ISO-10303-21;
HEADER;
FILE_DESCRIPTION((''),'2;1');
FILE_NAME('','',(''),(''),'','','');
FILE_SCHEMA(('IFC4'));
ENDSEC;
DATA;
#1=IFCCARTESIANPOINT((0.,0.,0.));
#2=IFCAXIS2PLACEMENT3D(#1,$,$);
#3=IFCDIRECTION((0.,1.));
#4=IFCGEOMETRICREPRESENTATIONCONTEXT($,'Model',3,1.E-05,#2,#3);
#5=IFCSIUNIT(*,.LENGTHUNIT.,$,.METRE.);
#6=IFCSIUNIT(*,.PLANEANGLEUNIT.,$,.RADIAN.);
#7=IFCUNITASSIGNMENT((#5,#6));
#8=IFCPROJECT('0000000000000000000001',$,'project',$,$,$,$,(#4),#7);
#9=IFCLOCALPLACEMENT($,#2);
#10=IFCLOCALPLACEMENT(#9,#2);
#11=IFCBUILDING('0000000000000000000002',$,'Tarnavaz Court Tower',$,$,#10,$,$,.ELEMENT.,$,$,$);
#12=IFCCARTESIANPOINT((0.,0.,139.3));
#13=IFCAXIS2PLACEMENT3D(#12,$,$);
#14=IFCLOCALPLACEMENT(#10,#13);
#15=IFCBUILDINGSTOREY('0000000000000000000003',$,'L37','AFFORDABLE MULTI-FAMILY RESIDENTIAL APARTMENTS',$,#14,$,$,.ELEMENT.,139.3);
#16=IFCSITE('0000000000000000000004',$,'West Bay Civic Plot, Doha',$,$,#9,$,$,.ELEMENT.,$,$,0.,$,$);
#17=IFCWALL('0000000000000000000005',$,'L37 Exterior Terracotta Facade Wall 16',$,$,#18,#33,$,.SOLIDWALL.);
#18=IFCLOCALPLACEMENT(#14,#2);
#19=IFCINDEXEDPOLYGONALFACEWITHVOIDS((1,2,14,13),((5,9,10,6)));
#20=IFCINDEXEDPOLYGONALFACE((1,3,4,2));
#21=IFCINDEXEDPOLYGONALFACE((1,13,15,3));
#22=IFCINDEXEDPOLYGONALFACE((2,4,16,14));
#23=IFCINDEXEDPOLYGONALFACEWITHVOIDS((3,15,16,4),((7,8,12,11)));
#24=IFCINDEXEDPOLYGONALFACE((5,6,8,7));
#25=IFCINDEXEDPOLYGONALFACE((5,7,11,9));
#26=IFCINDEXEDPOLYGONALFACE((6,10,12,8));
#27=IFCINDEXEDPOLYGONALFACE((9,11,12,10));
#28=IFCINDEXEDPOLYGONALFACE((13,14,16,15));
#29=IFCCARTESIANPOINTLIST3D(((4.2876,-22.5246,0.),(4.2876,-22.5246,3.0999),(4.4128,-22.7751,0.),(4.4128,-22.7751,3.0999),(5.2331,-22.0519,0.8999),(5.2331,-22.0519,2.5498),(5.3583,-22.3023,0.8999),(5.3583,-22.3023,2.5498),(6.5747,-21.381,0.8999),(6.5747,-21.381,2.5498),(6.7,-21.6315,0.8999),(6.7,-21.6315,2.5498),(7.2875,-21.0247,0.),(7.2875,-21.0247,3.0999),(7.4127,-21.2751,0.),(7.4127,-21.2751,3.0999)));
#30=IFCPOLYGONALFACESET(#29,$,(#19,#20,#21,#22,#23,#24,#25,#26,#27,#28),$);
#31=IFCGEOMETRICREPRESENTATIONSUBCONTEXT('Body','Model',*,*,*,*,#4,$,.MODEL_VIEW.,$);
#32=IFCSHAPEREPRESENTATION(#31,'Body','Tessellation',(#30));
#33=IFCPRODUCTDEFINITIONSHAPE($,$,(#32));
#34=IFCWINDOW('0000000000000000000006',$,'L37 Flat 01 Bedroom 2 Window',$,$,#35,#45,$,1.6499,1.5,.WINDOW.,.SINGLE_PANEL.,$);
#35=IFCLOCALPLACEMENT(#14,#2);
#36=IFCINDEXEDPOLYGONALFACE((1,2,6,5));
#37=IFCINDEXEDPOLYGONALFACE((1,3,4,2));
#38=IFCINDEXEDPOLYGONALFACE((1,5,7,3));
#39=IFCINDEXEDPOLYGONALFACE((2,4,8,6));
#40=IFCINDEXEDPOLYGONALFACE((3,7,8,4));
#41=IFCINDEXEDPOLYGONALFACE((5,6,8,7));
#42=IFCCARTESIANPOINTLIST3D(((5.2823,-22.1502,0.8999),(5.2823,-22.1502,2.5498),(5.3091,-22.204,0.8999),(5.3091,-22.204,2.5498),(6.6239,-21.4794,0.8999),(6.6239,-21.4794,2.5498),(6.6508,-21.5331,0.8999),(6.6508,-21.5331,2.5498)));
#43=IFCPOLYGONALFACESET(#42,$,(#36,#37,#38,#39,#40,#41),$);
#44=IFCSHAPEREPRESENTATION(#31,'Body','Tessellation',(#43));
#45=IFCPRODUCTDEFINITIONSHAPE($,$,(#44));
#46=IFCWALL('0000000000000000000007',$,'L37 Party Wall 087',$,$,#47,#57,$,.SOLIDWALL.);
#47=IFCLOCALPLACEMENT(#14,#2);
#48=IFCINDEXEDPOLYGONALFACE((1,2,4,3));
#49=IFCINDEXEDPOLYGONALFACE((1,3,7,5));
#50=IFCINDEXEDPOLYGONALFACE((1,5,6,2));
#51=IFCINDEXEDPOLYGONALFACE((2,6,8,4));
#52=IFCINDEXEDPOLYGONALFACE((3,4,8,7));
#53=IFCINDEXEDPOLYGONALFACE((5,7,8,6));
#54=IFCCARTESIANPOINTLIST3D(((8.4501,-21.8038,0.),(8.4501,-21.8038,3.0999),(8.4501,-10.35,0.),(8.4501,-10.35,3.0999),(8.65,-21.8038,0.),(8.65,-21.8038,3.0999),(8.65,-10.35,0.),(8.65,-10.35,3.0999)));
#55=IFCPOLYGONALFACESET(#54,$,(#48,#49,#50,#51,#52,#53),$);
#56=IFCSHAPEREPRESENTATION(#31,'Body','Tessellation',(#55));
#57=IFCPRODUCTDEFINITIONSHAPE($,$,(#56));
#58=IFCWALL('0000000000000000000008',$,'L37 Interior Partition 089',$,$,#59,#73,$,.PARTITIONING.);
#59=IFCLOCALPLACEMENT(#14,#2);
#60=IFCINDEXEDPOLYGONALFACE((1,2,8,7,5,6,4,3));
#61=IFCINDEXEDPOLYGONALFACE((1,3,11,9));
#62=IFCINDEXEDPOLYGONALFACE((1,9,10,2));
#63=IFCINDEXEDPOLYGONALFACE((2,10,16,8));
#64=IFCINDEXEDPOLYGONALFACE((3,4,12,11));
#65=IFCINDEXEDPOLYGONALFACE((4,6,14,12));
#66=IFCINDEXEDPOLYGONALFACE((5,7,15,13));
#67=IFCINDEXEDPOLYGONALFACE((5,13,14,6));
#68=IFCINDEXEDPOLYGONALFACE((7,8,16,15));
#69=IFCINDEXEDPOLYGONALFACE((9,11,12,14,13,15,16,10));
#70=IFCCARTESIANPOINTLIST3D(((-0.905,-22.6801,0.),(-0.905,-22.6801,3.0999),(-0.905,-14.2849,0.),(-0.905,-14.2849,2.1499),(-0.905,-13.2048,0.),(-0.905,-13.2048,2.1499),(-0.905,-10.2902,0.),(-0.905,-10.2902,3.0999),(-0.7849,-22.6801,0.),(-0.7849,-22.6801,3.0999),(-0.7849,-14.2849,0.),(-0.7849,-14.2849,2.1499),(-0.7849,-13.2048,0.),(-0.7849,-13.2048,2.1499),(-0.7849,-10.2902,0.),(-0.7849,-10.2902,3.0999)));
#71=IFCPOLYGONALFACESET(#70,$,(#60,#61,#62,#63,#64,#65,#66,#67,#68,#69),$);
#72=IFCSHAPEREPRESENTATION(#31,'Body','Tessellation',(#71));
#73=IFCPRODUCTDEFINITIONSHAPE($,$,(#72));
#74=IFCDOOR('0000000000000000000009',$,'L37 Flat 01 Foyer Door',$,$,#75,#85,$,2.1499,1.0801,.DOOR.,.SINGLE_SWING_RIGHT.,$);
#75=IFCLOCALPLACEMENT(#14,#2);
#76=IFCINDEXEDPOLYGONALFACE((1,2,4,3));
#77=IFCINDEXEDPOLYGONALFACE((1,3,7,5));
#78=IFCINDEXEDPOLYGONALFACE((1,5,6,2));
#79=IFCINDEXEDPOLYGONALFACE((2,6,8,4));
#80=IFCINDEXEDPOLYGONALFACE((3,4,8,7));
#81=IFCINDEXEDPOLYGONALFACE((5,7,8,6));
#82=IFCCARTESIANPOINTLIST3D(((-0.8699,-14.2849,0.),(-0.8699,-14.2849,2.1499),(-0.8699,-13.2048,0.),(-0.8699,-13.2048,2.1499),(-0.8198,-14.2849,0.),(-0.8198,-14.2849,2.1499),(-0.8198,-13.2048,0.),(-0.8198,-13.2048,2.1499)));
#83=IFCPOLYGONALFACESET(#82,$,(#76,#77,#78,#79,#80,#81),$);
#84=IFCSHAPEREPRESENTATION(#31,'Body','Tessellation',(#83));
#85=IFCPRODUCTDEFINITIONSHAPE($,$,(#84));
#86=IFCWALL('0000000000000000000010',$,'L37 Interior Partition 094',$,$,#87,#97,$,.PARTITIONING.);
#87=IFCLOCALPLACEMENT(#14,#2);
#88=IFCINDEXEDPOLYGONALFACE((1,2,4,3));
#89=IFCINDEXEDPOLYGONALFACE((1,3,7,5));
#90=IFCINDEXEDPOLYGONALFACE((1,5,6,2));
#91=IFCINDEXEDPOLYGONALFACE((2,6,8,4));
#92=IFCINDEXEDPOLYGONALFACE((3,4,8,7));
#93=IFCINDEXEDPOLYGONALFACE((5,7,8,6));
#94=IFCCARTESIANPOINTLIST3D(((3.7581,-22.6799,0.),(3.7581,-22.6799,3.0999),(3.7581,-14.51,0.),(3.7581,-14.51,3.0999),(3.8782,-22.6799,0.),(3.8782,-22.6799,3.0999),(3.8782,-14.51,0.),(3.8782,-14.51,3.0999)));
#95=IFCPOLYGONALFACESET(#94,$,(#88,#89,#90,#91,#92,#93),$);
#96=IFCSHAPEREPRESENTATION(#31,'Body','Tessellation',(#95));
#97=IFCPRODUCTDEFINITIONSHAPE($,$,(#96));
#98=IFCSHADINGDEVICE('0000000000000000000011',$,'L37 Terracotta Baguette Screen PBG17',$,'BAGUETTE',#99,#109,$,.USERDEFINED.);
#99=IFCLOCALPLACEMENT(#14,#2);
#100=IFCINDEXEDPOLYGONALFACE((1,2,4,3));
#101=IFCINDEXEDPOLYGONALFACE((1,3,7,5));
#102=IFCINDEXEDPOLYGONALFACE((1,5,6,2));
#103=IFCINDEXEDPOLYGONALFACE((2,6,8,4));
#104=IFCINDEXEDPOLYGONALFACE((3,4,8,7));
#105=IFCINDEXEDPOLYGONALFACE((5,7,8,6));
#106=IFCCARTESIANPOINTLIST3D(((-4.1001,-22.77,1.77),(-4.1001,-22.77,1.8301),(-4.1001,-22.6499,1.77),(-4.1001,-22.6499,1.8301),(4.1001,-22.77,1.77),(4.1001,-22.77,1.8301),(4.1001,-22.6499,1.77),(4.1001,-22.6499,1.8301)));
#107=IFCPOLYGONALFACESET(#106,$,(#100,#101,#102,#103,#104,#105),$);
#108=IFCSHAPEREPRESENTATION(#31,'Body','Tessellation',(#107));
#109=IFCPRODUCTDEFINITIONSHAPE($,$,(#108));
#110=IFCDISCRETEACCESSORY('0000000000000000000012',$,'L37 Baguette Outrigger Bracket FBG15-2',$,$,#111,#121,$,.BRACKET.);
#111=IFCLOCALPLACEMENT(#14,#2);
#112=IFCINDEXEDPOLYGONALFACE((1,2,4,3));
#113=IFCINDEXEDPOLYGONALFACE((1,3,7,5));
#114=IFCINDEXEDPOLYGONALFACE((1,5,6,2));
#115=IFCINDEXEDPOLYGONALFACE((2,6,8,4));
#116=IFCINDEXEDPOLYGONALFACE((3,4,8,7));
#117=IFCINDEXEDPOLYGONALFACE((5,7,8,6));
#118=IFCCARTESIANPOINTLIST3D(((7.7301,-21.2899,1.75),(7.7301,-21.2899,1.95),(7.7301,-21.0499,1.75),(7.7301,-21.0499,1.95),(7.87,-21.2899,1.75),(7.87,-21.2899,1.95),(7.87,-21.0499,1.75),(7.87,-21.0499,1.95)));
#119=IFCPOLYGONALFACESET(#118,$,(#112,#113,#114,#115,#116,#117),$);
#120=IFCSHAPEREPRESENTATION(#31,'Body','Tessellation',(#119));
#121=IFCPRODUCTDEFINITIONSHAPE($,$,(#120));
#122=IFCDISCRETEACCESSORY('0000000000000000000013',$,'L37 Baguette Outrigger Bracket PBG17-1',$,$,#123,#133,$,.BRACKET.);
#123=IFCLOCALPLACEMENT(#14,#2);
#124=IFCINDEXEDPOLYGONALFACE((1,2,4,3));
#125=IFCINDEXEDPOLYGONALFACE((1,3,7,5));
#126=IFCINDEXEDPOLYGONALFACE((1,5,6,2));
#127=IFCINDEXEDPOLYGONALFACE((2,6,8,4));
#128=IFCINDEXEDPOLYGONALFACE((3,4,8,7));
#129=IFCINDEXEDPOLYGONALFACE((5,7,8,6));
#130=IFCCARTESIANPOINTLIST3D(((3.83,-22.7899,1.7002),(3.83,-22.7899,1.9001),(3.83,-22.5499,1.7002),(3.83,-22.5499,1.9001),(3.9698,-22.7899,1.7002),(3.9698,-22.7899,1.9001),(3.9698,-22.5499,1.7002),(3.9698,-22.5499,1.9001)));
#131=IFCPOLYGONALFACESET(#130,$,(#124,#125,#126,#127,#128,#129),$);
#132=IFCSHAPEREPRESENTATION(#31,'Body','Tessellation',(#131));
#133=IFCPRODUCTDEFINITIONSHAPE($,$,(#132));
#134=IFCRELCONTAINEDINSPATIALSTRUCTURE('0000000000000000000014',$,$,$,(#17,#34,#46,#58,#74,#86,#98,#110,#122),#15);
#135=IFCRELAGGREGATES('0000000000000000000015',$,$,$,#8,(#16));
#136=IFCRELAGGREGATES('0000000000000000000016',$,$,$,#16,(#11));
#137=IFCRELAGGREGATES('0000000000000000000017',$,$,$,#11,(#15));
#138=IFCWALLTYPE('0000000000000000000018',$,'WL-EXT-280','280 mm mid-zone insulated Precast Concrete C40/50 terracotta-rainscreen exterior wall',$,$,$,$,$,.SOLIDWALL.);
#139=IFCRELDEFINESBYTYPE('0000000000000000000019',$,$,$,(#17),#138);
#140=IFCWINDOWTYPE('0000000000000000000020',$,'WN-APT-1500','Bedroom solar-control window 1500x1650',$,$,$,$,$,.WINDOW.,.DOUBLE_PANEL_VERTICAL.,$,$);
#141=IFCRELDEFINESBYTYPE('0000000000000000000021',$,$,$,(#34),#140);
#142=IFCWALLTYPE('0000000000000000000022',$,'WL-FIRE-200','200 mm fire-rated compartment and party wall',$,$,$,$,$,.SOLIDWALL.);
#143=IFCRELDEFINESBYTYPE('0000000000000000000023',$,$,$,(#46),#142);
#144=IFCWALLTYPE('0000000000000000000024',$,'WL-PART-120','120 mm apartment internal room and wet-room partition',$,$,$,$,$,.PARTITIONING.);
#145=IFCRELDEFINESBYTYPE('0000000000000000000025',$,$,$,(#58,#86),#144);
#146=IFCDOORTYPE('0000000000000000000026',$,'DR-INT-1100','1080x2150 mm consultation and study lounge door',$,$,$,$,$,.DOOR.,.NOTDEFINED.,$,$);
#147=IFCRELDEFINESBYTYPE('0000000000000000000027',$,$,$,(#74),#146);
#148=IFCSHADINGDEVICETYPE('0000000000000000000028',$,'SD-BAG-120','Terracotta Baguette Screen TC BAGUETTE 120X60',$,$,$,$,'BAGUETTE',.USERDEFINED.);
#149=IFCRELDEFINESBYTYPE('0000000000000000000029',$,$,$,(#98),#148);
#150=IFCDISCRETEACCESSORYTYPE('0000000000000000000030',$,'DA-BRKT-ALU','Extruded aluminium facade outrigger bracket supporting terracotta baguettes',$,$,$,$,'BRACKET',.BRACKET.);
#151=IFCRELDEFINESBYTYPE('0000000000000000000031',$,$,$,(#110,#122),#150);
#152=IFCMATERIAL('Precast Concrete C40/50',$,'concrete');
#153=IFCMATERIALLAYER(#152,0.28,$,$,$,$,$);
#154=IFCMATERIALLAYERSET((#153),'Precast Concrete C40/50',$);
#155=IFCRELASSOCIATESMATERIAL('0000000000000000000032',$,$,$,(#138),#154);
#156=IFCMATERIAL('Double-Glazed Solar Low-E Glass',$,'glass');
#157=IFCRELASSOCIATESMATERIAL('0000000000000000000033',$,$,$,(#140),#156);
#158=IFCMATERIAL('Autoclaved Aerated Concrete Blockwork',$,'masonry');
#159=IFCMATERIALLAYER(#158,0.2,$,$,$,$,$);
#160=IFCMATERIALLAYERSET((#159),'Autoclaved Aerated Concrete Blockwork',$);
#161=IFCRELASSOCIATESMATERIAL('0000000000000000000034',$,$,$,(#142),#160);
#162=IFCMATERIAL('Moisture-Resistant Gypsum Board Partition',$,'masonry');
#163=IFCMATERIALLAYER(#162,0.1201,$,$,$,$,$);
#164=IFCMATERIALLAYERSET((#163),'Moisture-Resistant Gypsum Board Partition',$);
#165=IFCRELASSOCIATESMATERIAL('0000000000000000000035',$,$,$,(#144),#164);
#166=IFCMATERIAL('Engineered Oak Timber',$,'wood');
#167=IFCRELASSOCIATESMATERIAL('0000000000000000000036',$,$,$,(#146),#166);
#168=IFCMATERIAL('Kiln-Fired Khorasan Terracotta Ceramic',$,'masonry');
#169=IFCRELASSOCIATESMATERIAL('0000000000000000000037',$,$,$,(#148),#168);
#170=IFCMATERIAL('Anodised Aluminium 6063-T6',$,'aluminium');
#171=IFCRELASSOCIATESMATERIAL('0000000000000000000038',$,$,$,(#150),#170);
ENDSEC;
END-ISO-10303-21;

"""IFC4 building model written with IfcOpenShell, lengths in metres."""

from ifc_helpers import new_model, si_unit, direction, frame, frame_2d, origin, origin_2d, place, context, subcontext, project, spatial, rectangle, extrude, material, layer, layer_set, material_profile, profile_set, type_object, element, fill, save


model = new_model("IFC4")

# Units and contexts
model_context = context("Model", 3, precision=1e-05, world=origin(), true_north=direction((0.0, 1.0)))
body_context = subcontext(model_context, "Body", "Model", "MODEL_VIEW")
ifc_project = project(units=[si_unit("LENGTHUNIT", "METRE"), si_unit("PLANEANGLEUNIT", "RADIAN")], contexts=[model_context])

# Site, building, storey
site_placement = place(None, origin())
site = spatial("IfcSite", under=ifc_project, at=site_placement, Name="West Bay Civic Plot, Doha", CompositionType="ELEMENT", RefElevation=0.0)
building_placement = place(site_placement, origin())
building = spatial("IfcBuilding", under=site, at=building_placement, Name="Tarnavaz Court Tower", CompositionType="ELEMENT")
storey_placement = place(building_placement, frame((0.0, 0.0, 139.3)))
storey = spatial("IfcBuildingStorey", under=building, at=storey_placement, Name="L37", Description="AFFORDABLE MULTI-FAMILY RESIDENTIAL APARTMENTS", CompositionType="ELEMENT", Elevation=139.3)

# Shared definitions
ifc_material_1 = material(Name="Anodised Aluminium 6063-T6", Category="aluminium")
ifc_material_2 = material(Name="Double-Glazed Solar Low-E Glass", Category="glass")

# Wall, opening, window
ifc_material_3 = material(Name="Precast Concrete C40/50", Category="concrete")
ifc_layer_1 = layer(ifc_material_3, 0.28)
ifc_layer_set_1 = layer_set([ifc_layer_1], Name="Precast Concrete C40/50")
wall_type_1 = type_object("IfcWallType", Name="WL-EXT-280", Description="280 mm mid-zone insulated Precast Concrete C40/50 terracotta-rainscreen exterior wall", PredefinedType="SOLIDWALL", material=ifc_layer_set_1)
wall_1_placement = place(storey_placement, frame((7.3501, -21.1499, 0.0), z_axis=(0.0, 0.0, 1.0), x_axis=(-0.894427, -0.447214, 0.0)))
wall_1 = element("IfcWall", 1, at=wall_1_placement, inside=storey, type_object=wall_type_1, Name="L37 Exterior Terracotta Facade Wall 16", PredefinedType="SOLIDWALL", context=body_context, shape_type="SweptSolid", body=[
    extrude(rectangle(XDim=3.354, YDim=0.28, at=frame_2d((1.677, 0.0))), origin(), (0.0, 0.0, 1.0), 3.0999),
])
opening_1_placement = place(wall_1_placement, frame((0.7969, 0.0, 0.8999)))
opening_1 = element("IfcOpeningElement", 2, at=opening_1_placement, cuts=wall_1, PredefinedType="OPENING", context=body_context, shape_type="SweptSolid", body=[
    extrude(rectangle(XDim=1.5, YDim=1.6499, at=frame_2d((0.75, 0.825))), frame((0.0, 0.1499, 0.0), z_axis=(0.0, -1.0, 0.0), x_axis=(1.0, 0.0, 0.0)), (0.0, 0.0, 1.0), 0.3),
])
window_type = type_object("IfcWindowType", Name="WN-APT-1500", Description="Bedroom solar-control window 1500x1650", PartitioningType="DOUBLE_PANEL_VERTICAL", PredefinedType="WINDOW", material=ifc_material_2)
window_placement = place(opening_1_placement, origin())
window = element("IfcWindow", 3, at=window_placement, inside=storey, type_object=window_type, Name="L37 Flat 01 Bedroom 2 Window", OverallHeight=1.6499, OverallWidth=1.5, PartitioningType="SINGLE_PANEL", PredefinedType="WINDOW", context=body_context, shape_type="SweptSolid", body=[
    extrude(rectangle(XDim=1.5, YDim=1.6499, at=frame_2d((0.75, 0.825))), frame((0.0, 0.03, 0.0), z_axis=(0.0, -1.0, 0.0), x_axis=(1.0, 0.0, 0.0)), (0.0, 0.0, 1.0), 0.0601),
])
fill(opening_1, window)

# Wall
ifc_material_4 = material(Name="Autoclaved Aerated Concrete Blockwork", Category="masonry")
ifc_layer_2 = layer(ifc_material_4, 0.2)
ifc_layer_set_2 = layer_set([ifc_layer_2], Name="Autoclaved Aerated Concrete Blockwork")
wall_type_2 = type_object("IfcWallType", Name="WL-FIRE-200", Description="200 mm fire-rated compartment and party wall", PredefinedType="SOLIDWALL", material=ifc_layer_set_2)
wall_2_placement = place(storey_placement, frame((8.55, -21.804, 0.0), z_axis=(0.0, 0.0, 1.0), x_axis=(0.0, 1.0, 0.0)))
element("IfcWall", 4, at=wall_2_placement, inside=storey, type_object=wall_type_2, Name="L37 Party Wall 087", PredefinedType="SOLIDWALL", context=body_context, shape_type="SweptSolid", body=[
    extrude(rectangle(XDim=11.4539, YDim=0.2, at=frame_2d((5.7271, 0.0))), origin(), (0.0, 0.0, 1.0), 3.0999),
])

# Wall, opening, door
ifc_material_5 = material(Name="Moisture-Resistant Gypsum Board Partition", Category="masonry")
ifc_layer_3 = layer(ifc_material_5, 0.1201)
ifc_layer_set_3 = layer_set([ifc_layer_3], Name="Moisture-Resistant Gypsum Board Partition")
wall_type_3 = type_object("IfcWallType", Name="WL-PART-120", Description="120 mm apartment internal room and wet-room partition", PredefinedType="PARTITIONING", material=ifc_layer_set_3)
wall_3_placement = place(storey_placement, frame((-0.845, -22.6799, 0.0), z_axis=(0.0, 0.0, 1.0), x_axis=(0.0, 1.0, 0.0)))
wall_3 = element("IfcWall", 5, at=wall_3_placement, inside=storey, type_object=wall_type_3, Name="L37 Interior Partition 089", PredefinedType="PARTITIONING", context=body_context, shape_type="SweptSolid", body=[
    extrude(rectangle(XDim=12.3899, YDim=0.1201, at=frame_2d((6.1948, 0.0))), origin(), (0.0, 0.0, 1.0), 3.0999),
])
opening_2_placement = place(wall_3_placement, frame((8.395, 0.0, 0.0)))
opening_2 = element("IfcOpeningElement", 6, at=opening_2_placement, cuts=wall_3, PredefinedType="OPENING", context=body_context, shape_type="SweptSolid", body=[
    extrude(rectangle(XDim=1.0801, YDim=2.1499, at=frame_2d((0.54, 1.075))), frame((0.0, 0.0701, 0.0), z_axis=(0.0, -1.0, 0.0), x_axis=(1.0, 0.0, 0.0)), (0.0, 0.0, 1.0), 0.1401),
])
ifc_material_6 = material(Name="Engineered Oak Timber", Category="wood")
door_type = type_object("IfcDoorType", Name="DR-INT-1100", Description="1080x2150 mm consultation and study lounge door", OperationType="NOTDEFINED", PredefinedType="DOOR", material=ifc_material_6)
door_placement = place(opening_2_placement, origin())
door = element("IfcDoor", 7, at=door_placement, inside=storey, type_object=door_type, Name="L37 Flat 01 Foyer Door", OperationType="SINGLE_SWING_RIGHT", OverallHeight=2.1499, OverallWidth=1.0801, PredefinedType="DOOR", context=body_context, shape_type="SweptSolid", body=[
    extrude(rectangle(XDim=1.0801, YDim=2.1499, at=frame_2d((0.54, 1.075))), frame((0.0, 0.0249, 0.0), z_axis=(0.0, -1.0, 0.0), x_axis=(1.0, 0.0, 0.0)), (0.0, 0.0, 1.0), 0.05),
])
fill(opening_2, door)

# Wall
wall_4_placement = place(storey_placement, frame((3.8181, -22.6799, 0.0), z_axis=(0.0, 0.0, 1.0), x_axis=(0.0, 1.0, 0.0)))
element("IfcWall", 8, at=wall_4_placement, inside=storey, type_object=wall_type_3, Name="L37 Interior Partition 094", PredefinedType="PARTITIONING", context=body_context, shape_type="SweptSolid", body=[
    extrude(rectangle(XDim=8.1699, YDim=0.1201, at=frame_2d((4.085, 0.0))), origin(), (0.0, 0.0, 1.0), 3.0999),
])

# Shading device
ifc_material_7 = material(Name="Kiln-Fired Khorasan Terracotta Ceramic", Category="masonry")
ifc_material_profile_1 = material_profile(ifc_material_7, rectangle(XDim=0.1201, YDim=0.0601, at=origin_2d()), Name="TC BAGUETTE 120X60")
ifc_profile_set_1 = profile_set([ifc_material_profile_1], Name="Kiln-Fired Khorasan Terracotta Ceramic")
shading_device_type = type_object("IfcShadingDeviceType", Name="SD-BAG-120", Description="Terracotta Baguette Screen TC BAGUETTE 120X60", ElementType="BAGUETTE", PredefinedType="USERDEFINED", material=ifc_profile_set_1)
shading_device_placement = place(storey_placement, frame((4.1001, -22.71, 1.8), z_axis=(-1.0, 0.0, 0.0), x_axis=(0.0, -1.0, 0.0)))
element("IfcShadingDevice", 9, at=shading_device_placement, inside=storey, type_object=shading_device_type, Name="L37 Terracotta Baguette Screen PBG17", ObjectType="BAGUETTE", PredefinedType="USERDEFINED", context=body_context, shape_type="SweptSolid", body=[
    extrude(rectangle(XDim=0.1201, YDim=0.0601, at=origin_2d()), origin(), (0.0, 0.0, 1.0), 8.2002),
])

# Discrete accessories
discrete_accessory_type = type_object("IfcDiscreteAccessoryType", Name="DA-BRKT-ALU", Description="Extruded aluminium facade outrigger bracket supporting terracotta baguettes", ElementType="BRACKET", PredefinedType="BRACKET", material=ifc_material_1)
for number, where, z_axis, x_axis, name in (
    (10, (7.8, -21.1699, 1.75), (0.0, 0.0, 1.0), (-1.0, 0.0, 0.0), "L37 Baguette Outrigger Bracket FBG15-2"),
    (11, (3.8999, -22.6699, 1.7002), (0.0, 0.0, 1.0), (-1.0, 0.0, 0.0), "L37 Baguette Outrigger Bracket PBG17-1"),
):
    element("IfcDiscreteAccessory", number, at=place(storey_placement, frame(where, z_axis=z_axis, x_axis=x_axis)), inside=storey, type_object=discrete_accessory_type, Name=name, PredefinedType="BRACKET", context=body_context, shape_type="SweptSolid", body=[
        extrude(rectangle(XDim=0.1399, YDim=0.24, at=origin_2d()), origin(), (0.0, 0.0, 1.0), 0.2),
    ])

save(model, "model.ifc")
